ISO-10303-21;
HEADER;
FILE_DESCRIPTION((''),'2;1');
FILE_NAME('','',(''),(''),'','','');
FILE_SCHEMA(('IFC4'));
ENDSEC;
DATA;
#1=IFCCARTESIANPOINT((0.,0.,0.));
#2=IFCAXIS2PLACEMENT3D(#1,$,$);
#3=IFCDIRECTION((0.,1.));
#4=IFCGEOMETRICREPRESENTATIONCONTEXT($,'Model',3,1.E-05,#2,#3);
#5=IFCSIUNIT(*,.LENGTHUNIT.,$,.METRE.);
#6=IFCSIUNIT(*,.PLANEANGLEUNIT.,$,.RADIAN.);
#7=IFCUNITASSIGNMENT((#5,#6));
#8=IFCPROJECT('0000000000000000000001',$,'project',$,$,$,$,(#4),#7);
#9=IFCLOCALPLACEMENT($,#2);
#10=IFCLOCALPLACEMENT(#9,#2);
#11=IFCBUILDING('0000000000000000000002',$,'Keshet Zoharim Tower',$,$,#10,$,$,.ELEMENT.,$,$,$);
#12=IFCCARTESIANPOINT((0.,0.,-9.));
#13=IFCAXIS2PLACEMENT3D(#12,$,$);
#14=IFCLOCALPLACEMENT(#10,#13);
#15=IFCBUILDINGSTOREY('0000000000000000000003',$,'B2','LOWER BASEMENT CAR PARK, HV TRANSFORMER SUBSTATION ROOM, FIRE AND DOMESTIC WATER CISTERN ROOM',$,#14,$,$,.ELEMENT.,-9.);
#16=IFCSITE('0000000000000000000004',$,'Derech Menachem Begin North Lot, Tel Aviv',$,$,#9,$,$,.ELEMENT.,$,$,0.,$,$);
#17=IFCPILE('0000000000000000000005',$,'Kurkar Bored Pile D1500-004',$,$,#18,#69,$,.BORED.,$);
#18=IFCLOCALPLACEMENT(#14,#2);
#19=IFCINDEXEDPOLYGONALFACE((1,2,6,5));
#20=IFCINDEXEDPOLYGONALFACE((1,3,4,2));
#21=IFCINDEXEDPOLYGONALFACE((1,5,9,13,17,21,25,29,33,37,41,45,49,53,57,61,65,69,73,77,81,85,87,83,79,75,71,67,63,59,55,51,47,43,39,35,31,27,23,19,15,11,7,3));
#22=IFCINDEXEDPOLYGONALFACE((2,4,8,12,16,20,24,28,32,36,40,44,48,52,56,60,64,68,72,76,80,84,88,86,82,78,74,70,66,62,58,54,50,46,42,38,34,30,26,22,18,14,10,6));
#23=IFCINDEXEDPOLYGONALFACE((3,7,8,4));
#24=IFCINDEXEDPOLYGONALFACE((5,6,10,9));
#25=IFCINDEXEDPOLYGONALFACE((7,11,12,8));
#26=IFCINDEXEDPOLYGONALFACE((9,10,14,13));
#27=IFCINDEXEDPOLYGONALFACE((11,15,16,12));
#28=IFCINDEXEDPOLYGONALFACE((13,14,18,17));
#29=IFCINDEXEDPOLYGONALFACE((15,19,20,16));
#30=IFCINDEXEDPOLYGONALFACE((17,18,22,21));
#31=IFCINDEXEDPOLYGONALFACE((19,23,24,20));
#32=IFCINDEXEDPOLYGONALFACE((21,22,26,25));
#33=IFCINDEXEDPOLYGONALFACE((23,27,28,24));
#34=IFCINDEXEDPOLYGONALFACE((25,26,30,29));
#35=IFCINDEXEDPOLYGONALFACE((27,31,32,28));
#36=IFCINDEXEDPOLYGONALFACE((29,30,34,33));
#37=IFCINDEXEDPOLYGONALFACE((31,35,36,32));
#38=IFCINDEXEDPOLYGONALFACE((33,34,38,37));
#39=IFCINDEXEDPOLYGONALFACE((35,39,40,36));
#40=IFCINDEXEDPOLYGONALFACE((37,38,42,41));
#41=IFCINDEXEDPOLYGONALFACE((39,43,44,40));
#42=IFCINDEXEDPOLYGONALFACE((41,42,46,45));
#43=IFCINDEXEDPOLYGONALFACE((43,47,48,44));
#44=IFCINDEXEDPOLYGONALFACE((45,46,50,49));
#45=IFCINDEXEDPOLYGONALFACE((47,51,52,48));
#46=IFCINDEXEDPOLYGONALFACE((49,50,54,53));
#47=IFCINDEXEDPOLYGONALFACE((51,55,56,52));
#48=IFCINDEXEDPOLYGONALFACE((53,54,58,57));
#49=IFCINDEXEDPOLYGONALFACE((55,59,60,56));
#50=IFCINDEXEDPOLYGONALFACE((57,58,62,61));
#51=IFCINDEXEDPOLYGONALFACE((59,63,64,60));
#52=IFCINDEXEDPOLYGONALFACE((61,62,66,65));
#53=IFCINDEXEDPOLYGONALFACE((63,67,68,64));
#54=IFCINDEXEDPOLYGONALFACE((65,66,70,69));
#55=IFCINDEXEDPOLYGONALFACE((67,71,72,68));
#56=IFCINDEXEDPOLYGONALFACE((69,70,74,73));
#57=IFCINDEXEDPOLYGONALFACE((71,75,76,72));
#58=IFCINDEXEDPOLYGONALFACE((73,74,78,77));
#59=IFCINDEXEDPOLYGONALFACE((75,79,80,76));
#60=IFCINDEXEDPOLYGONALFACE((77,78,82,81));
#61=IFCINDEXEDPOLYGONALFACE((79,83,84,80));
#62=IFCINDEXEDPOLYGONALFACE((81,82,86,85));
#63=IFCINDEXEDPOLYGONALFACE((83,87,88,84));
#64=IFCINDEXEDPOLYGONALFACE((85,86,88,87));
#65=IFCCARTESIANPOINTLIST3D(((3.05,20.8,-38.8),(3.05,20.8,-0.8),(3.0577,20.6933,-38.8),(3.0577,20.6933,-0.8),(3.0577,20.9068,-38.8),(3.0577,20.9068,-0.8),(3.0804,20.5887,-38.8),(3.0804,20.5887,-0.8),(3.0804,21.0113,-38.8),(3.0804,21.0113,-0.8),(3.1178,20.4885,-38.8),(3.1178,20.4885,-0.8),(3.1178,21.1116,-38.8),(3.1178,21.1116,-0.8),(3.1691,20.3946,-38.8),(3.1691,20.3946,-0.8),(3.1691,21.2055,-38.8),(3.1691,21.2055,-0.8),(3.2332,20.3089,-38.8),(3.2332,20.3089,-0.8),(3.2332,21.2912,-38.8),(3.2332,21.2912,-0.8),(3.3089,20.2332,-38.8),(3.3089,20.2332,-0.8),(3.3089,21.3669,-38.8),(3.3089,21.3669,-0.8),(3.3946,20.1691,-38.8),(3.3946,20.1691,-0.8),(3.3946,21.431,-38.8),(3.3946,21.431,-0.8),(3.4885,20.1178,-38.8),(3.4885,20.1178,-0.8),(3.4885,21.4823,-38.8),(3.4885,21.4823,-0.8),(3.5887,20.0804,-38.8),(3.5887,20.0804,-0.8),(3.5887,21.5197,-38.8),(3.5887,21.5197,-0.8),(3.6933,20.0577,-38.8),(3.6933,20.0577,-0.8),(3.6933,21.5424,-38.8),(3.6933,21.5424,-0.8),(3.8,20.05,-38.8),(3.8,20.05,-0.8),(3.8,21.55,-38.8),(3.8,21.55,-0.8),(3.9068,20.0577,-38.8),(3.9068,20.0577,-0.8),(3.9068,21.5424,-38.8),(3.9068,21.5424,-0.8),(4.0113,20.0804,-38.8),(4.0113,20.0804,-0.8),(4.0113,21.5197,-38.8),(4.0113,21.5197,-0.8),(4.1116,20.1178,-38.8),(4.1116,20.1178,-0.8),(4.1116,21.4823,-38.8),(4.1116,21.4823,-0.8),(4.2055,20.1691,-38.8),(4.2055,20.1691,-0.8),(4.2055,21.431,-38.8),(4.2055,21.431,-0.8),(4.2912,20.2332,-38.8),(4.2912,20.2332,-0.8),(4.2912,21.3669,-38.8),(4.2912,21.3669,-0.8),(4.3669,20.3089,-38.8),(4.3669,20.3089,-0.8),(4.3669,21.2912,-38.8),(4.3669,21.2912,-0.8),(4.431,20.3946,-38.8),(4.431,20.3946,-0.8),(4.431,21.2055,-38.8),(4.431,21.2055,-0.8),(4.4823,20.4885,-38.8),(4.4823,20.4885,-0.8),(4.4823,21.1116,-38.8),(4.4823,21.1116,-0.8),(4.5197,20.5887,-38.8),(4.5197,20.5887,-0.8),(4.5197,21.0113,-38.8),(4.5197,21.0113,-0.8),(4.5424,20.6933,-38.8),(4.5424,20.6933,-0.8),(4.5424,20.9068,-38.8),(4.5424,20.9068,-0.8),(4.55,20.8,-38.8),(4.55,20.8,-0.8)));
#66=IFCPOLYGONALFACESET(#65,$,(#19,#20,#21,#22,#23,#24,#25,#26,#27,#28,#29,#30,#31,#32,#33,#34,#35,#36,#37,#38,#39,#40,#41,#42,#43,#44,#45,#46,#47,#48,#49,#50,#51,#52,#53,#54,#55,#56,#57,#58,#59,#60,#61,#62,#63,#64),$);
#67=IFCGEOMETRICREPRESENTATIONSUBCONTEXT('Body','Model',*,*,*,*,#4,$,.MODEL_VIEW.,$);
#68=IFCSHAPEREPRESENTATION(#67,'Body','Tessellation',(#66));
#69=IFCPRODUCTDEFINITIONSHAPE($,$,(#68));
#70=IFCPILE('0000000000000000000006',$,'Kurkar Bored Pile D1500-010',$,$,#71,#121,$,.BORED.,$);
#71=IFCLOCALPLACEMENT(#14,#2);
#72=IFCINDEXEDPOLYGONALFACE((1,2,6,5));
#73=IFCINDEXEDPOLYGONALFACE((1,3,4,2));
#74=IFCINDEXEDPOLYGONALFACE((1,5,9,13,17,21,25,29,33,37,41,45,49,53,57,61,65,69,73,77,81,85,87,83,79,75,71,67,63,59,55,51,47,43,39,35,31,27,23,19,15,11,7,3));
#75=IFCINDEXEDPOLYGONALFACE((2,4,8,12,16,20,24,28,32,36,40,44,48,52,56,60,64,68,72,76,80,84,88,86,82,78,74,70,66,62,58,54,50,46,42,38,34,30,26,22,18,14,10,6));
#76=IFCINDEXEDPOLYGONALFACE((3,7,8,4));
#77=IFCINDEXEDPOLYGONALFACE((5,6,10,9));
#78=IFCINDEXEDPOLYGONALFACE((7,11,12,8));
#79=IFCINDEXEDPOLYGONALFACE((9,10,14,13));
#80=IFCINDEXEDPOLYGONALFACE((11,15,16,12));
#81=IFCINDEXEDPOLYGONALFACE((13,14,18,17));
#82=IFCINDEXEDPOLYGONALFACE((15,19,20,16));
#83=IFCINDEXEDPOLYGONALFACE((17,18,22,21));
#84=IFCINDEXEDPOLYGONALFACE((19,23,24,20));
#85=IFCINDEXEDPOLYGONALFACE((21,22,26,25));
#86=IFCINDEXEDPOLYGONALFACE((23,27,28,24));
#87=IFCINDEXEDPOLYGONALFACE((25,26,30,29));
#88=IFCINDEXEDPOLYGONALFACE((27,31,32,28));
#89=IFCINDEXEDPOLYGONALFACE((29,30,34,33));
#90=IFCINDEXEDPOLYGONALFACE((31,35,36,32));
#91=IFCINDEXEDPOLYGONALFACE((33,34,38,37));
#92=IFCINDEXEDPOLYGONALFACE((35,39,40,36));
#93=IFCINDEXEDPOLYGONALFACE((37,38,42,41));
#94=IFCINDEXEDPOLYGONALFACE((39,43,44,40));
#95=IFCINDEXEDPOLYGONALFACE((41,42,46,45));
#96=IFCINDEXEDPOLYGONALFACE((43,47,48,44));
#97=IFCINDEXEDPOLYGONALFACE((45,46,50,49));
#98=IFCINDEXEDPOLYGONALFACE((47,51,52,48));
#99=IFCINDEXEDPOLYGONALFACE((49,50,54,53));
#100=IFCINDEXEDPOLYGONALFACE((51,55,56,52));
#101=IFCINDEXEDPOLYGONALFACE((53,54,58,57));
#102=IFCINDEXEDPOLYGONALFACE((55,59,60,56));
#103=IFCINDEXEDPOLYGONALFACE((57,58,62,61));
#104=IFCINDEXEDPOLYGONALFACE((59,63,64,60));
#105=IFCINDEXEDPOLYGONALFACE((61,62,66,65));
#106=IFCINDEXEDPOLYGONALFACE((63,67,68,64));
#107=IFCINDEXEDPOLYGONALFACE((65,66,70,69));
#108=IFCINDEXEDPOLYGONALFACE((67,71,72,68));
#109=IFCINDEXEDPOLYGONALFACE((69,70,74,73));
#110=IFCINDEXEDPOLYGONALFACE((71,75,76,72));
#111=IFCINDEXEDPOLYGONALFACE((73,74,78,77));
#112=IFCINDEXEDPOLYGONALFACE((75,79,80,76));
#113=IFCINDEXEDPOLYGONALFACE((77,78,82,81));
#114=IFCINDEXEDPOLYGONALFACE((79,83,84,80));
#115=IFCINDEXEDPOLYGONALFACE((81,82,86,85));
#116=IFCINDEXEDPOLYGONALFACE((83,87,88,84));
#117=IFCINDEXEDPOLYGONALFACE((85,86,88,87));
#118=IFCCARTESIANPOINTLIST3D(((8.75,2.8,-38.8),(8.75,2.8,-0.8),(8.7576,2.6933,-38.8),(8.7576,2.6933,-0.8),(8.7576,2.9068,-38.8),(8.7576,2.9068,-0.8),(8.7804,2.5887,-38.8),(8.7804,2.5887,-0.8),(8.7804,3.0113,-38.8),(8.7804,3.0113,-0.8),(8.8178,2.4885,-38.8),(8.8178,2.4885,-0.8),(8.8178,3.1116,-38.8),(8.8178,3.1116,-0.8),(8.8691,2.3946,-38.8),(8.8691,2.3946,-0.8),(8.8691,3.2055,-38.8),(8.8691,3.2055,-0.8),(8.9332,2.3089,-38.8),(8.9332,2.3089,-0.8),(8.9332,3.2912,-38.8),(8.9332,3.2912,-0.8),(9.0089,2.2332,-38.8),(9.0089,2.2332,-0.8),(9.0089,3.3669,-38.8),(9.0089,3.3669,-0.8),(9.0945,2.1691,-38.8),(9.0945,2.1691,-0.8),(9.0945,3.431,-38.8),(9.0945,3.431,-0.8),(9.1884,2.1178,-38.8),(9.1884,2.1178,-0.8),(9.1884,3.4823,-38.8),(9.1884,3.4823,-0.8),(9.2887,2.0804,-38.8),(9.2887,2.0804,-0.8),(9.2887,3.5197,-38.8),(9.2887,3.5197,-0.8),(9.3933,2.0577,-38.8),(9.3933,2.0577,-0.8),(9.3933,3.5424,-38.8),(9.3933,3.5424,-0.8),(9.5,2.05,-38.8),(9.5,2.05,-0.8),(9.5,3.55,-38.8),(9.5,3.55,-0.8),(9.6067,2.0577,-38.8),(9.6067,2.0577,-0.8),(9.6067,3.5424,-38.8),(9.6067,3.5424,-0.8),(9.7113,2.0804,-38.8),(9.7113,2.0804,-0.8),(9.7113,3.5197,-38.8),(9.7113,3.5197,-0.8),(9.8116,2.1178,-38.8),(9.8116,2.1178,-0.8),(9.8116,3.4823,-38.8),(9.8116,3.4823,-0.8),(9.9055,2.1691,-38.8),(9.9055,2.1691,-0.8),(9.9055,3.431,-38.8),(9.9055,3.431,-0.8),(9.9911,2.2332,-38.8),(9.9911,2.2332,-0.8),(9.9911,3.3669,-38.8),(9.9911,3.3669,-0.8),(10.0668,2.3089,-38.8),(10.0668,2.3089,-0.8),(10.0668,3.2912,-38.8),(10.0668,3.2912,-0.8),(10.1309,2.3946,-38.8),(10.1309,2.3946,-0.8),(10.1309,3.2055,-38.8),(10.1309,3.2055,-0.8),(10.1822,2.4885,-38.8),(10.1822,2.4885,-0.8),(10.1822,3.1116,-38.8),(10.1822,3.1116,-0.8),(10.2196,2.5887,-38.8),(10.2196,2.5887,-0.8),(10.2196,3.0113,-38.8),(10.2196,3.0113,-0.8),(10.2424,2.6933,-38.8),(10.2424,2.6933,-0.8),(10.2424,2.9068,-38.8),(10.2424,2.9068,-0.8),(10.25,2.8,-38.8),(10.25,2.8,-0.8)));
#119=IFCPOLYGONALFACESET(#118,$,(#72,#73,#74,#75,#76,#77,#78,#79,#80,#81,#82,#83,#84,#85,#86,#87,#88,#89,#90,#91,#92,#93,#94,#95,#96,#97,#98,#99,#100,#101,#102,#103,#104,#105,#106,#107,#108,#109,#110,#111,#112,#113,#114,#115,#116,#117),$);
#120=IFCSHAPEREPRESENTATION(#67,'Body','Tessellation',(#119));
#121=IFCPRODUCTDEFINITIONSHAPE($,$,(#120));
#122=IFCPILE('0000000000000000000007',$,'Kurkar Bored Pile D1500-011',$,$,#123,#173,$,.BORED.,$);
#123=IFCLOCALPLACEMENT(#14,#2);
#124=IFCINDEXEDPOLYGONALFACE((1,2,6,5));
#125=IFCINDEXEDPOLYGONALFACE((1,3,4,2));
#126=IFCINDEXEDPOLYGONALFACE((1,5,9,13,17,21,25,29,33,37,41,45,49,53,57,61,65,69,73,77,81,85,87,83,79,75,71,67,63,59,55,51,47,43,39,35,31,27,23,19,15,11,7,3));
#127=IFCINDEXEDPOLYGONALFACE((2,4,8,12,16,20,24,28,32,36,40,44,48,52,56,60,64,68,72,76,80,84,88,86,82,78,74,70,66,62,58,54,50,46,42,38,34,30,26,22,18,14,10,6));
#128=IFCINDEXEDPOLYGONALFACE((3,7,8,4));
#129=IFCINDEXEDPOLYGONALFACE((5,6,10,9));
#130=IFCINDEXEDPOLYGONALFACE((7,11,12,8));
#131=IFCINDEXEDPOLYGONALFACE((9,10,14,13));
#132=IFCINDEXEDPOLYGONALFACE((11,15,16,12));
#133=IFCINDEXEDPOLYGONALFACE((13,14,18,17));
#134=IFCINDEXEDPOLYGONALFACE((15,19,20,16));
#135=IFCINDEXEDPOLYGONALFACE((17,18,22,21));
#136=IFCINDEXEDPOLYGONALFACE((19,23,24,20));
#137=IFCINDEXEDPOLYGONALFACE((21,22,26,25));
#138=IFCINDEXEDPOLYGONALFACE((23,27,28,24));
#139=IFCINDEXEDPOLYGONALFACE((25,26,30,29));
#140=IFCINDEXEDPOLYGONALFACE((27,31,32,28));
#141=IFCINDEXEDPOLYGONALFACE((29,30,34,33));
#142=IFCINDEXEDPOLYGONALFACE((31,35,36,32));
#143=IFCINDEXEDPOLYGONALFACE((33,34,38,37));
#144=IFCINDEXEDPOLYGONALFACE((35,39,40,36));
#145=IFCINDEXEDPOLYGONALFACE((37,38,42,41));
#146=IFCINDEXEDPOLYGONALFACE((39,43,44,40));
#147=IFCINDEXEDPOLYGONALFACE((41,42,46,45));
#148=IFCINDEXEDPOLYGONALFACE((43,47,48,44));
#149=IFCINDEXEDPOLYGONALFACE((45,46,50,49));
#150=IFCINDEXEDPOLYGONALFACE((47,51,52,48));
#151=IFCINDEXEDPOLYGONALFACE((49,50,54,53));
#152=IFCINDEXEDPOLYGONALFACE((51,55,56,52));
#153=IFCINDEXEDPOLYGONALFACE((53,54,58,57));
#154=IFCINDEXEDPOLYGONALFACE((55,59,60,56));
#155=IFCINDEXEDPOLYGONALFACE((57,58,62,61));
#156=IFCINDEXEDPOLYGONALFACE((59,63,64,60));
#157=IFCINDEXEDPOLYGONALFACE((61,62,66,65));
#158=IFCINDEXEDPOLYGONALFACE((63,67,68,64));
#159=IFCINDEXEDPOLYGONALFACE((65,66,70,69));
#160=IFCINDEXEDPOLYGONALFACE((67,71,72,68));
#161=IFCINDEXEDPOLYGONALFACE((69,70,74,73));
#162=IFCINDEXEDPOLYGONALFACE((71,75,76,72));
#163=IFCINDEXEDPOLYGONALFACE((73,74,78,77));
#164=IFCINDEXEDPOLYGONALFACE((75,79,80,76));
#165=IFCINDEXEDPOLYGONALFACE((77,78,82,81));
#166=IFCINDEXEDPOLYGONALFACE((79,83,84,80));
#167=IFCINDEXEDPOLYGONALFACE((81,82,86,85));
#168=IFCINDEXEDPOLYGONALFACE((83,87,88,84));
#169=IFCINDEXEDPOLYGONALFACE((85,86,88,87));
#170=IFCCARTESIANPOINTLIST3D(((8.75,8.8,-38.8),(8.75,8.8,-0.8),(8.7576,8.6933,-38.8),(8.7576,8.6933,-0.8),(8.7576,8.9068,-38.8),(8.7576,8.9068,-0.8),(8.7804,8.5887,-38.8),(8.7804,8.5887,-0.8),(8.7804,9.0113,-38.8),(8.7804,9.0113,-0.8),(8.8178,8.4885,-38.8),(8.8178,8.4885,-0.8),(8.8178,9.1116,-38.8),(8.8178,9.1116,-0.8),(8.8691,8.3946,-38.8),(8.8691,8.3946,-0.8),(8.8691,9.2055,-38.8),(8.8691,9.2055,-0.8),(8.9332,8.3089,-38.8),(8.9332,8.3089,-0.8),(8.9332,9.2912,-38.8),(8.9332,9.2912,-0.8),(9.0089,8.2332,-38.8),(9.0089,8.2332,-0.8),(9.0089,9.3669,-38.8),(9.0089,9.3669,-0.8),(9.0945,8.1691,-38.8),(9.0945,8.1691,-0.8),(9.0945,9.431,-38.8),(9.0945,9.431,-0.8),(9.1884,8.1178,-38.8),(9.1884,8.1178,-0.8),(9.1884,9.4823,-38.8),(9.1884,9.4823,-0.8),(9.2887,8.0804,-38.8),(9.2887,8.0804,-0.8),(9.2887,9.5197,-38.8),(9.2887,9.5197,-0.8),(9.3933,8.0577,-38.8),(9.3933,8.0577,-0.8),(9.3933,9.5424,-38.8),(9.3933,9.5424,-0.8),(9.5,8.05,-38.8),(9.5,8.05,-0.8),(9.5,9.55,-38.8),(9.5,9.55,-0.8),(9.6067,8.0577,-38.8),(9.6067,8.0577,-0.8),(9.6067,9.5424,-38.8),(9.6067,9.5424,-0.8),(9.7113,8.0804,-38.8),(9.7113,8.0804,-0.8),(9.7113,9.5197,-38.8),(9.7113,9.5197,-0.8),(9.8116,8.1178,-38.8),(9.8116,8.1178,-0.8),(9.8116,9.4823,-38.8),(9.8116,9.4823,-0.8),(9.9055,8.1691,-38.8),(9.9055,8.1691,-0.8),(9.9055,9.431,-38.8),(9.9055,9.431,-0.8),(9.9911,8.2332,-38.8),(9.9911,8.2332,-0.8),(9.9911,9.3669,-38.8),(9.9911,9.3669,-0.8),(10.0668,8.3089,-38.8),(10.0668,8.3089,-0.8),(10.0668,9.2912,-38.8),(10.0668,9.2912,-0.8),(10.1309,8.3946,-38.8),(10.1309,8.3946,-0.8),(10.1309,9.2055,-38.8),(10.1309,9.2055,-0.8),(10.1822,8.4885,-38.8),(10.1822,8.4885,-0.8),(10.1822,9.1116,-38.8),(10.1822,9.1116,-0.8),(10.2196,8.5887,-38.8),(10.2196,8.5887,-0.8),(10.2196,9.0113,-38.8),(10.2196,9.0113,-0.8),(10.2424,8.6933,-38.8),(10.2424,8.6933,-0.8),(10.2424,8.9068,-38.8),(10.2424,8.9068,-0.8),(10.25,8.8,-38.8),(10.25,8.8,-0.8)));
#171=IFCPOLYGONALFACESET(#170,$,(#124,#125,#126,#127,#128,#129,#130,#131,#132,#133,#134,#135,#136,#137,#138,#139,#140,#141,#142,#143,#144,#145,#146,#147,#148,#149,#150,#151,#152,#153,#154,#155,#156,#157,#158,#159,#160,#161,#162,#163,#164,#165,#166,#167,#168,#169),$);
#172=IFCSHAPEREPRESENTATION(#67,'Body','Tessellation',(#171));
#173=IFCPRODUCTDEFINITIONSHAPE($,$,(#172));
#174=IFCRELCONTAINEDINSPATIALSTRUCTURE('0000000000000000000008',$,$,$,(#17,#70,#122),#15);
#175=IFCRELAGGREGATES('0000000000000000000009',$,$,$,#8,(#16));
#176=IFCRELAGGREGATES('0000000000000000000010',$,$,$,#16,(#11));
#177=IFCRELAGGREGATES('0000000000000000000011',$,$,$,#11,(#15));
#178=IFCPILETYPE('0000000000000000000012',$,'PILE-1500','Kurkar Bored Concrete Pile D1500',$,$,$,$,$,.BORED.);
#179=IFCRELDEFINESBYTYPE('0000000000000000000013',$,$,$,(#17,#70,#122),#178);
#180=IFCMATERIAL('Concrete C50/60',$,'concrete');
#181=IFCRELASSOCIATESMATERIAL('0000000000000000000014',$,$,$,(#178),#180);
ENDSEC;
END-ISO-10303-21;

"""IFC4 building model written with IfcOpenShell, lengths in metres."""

from ifc_helpers import new_model, si_unit, direction, frame, origin, origin_2d, place, context, subcontext, project, spatial, circle, extrude, material, material_profile, profile_set, type_object, element, save


model = new_model("IFC4")

# Units and contexts
model_context = context("Model", 3, precision=1e-05, world=origin(), true_north=direction((0.0, 1.0)))
body_context = subcontext(model_context, "Body", "Model", "MODEL_VIEW")
ifc_project = project(units=[si_unit("LENGTHUNIT", "METRE"), si_unit("PLANEANGLEUNIT", "RADIAN")], contexts=[model_context])

# Site, building, storey
site_placement = place(None, origin())
site = spatial("IfcSite", under=ifc_project, at=site_placement, Name="Derech Menachem Begin North Lot, Tel Aviv", CompositionType="ELEMENT", RefElevation=0.0)
building_placement = place(site_placement, origin())
building = spatial("IfcBuilding", under=site, at=building_placement, Name="Keshet Zoharim Tower", CompositionType="ELEMENT")
storey_placement = place(building_placement, frame((0.0, 0.0, -9.0)))
storey = spatial("IfcBuildingStorey", under=building, at=storey_placement, Name="B2", Description="LOWER BASEMENT CAR PARK, HV TRANSFORMER SUBSTATION ROOM, FIRE AND DOMESTIC WATER CISTERN ROOM", CompositionType="ELEMENT", Elevation=-9.0)

# Piles
ifc_material_1 = material(Name="Concrete C50/60", Category="concrete")
ifc_material_profile_1 = material_profile(ifc_material_1, circle(Radius=0.75, at=origin_2d()), Name="PILE-D1500")
ifc_profile_set_1 = profile_set([ifc_material_profile_1], Name="Concrete C50/60")
pile_type = type_object("IfcPileType", Name="PILE-1500", Description="Kurkar Bored Concrete Pile D1500", PredefinedType="BORED", material=ifc_profile_set_1)
for number, where, z_axis, x_axis, name in (
    (1, (3.8, 20.8, -0.8), (0.0, 0.0, -1.0), (1.0, 0.0, 0.0), "Kurkar Bored Pile D1500-004"),
    (2, (9.5, 2.8, -0.8), (0.0, 0.0, -1.0), (1.0, 0.0, 0.0), "Kurkar Bored Pile D1500-010"),
    (3, (9.5, 8.8, -0.8), (0.0, 0.0, -1.0), (1.0, 0.0, 0.0), "Kurkar Bored Pile D1500-011"),
):
    element("IfcPile", number, at=place(storey_placement, frame(where, z_axis=z_axis, x_axis=x_axis)), inside=storey, type_object=pile_type, Name=name, PredefinedType="BORED", context=body_context, shape_type="SweptSolid", body=[
        extrude(circle(Radius=0.75, at=origin_2d()), origin(), (0.0, 0.0, 1.0), 38.0),
    ])

save(model, "model.ifc")
